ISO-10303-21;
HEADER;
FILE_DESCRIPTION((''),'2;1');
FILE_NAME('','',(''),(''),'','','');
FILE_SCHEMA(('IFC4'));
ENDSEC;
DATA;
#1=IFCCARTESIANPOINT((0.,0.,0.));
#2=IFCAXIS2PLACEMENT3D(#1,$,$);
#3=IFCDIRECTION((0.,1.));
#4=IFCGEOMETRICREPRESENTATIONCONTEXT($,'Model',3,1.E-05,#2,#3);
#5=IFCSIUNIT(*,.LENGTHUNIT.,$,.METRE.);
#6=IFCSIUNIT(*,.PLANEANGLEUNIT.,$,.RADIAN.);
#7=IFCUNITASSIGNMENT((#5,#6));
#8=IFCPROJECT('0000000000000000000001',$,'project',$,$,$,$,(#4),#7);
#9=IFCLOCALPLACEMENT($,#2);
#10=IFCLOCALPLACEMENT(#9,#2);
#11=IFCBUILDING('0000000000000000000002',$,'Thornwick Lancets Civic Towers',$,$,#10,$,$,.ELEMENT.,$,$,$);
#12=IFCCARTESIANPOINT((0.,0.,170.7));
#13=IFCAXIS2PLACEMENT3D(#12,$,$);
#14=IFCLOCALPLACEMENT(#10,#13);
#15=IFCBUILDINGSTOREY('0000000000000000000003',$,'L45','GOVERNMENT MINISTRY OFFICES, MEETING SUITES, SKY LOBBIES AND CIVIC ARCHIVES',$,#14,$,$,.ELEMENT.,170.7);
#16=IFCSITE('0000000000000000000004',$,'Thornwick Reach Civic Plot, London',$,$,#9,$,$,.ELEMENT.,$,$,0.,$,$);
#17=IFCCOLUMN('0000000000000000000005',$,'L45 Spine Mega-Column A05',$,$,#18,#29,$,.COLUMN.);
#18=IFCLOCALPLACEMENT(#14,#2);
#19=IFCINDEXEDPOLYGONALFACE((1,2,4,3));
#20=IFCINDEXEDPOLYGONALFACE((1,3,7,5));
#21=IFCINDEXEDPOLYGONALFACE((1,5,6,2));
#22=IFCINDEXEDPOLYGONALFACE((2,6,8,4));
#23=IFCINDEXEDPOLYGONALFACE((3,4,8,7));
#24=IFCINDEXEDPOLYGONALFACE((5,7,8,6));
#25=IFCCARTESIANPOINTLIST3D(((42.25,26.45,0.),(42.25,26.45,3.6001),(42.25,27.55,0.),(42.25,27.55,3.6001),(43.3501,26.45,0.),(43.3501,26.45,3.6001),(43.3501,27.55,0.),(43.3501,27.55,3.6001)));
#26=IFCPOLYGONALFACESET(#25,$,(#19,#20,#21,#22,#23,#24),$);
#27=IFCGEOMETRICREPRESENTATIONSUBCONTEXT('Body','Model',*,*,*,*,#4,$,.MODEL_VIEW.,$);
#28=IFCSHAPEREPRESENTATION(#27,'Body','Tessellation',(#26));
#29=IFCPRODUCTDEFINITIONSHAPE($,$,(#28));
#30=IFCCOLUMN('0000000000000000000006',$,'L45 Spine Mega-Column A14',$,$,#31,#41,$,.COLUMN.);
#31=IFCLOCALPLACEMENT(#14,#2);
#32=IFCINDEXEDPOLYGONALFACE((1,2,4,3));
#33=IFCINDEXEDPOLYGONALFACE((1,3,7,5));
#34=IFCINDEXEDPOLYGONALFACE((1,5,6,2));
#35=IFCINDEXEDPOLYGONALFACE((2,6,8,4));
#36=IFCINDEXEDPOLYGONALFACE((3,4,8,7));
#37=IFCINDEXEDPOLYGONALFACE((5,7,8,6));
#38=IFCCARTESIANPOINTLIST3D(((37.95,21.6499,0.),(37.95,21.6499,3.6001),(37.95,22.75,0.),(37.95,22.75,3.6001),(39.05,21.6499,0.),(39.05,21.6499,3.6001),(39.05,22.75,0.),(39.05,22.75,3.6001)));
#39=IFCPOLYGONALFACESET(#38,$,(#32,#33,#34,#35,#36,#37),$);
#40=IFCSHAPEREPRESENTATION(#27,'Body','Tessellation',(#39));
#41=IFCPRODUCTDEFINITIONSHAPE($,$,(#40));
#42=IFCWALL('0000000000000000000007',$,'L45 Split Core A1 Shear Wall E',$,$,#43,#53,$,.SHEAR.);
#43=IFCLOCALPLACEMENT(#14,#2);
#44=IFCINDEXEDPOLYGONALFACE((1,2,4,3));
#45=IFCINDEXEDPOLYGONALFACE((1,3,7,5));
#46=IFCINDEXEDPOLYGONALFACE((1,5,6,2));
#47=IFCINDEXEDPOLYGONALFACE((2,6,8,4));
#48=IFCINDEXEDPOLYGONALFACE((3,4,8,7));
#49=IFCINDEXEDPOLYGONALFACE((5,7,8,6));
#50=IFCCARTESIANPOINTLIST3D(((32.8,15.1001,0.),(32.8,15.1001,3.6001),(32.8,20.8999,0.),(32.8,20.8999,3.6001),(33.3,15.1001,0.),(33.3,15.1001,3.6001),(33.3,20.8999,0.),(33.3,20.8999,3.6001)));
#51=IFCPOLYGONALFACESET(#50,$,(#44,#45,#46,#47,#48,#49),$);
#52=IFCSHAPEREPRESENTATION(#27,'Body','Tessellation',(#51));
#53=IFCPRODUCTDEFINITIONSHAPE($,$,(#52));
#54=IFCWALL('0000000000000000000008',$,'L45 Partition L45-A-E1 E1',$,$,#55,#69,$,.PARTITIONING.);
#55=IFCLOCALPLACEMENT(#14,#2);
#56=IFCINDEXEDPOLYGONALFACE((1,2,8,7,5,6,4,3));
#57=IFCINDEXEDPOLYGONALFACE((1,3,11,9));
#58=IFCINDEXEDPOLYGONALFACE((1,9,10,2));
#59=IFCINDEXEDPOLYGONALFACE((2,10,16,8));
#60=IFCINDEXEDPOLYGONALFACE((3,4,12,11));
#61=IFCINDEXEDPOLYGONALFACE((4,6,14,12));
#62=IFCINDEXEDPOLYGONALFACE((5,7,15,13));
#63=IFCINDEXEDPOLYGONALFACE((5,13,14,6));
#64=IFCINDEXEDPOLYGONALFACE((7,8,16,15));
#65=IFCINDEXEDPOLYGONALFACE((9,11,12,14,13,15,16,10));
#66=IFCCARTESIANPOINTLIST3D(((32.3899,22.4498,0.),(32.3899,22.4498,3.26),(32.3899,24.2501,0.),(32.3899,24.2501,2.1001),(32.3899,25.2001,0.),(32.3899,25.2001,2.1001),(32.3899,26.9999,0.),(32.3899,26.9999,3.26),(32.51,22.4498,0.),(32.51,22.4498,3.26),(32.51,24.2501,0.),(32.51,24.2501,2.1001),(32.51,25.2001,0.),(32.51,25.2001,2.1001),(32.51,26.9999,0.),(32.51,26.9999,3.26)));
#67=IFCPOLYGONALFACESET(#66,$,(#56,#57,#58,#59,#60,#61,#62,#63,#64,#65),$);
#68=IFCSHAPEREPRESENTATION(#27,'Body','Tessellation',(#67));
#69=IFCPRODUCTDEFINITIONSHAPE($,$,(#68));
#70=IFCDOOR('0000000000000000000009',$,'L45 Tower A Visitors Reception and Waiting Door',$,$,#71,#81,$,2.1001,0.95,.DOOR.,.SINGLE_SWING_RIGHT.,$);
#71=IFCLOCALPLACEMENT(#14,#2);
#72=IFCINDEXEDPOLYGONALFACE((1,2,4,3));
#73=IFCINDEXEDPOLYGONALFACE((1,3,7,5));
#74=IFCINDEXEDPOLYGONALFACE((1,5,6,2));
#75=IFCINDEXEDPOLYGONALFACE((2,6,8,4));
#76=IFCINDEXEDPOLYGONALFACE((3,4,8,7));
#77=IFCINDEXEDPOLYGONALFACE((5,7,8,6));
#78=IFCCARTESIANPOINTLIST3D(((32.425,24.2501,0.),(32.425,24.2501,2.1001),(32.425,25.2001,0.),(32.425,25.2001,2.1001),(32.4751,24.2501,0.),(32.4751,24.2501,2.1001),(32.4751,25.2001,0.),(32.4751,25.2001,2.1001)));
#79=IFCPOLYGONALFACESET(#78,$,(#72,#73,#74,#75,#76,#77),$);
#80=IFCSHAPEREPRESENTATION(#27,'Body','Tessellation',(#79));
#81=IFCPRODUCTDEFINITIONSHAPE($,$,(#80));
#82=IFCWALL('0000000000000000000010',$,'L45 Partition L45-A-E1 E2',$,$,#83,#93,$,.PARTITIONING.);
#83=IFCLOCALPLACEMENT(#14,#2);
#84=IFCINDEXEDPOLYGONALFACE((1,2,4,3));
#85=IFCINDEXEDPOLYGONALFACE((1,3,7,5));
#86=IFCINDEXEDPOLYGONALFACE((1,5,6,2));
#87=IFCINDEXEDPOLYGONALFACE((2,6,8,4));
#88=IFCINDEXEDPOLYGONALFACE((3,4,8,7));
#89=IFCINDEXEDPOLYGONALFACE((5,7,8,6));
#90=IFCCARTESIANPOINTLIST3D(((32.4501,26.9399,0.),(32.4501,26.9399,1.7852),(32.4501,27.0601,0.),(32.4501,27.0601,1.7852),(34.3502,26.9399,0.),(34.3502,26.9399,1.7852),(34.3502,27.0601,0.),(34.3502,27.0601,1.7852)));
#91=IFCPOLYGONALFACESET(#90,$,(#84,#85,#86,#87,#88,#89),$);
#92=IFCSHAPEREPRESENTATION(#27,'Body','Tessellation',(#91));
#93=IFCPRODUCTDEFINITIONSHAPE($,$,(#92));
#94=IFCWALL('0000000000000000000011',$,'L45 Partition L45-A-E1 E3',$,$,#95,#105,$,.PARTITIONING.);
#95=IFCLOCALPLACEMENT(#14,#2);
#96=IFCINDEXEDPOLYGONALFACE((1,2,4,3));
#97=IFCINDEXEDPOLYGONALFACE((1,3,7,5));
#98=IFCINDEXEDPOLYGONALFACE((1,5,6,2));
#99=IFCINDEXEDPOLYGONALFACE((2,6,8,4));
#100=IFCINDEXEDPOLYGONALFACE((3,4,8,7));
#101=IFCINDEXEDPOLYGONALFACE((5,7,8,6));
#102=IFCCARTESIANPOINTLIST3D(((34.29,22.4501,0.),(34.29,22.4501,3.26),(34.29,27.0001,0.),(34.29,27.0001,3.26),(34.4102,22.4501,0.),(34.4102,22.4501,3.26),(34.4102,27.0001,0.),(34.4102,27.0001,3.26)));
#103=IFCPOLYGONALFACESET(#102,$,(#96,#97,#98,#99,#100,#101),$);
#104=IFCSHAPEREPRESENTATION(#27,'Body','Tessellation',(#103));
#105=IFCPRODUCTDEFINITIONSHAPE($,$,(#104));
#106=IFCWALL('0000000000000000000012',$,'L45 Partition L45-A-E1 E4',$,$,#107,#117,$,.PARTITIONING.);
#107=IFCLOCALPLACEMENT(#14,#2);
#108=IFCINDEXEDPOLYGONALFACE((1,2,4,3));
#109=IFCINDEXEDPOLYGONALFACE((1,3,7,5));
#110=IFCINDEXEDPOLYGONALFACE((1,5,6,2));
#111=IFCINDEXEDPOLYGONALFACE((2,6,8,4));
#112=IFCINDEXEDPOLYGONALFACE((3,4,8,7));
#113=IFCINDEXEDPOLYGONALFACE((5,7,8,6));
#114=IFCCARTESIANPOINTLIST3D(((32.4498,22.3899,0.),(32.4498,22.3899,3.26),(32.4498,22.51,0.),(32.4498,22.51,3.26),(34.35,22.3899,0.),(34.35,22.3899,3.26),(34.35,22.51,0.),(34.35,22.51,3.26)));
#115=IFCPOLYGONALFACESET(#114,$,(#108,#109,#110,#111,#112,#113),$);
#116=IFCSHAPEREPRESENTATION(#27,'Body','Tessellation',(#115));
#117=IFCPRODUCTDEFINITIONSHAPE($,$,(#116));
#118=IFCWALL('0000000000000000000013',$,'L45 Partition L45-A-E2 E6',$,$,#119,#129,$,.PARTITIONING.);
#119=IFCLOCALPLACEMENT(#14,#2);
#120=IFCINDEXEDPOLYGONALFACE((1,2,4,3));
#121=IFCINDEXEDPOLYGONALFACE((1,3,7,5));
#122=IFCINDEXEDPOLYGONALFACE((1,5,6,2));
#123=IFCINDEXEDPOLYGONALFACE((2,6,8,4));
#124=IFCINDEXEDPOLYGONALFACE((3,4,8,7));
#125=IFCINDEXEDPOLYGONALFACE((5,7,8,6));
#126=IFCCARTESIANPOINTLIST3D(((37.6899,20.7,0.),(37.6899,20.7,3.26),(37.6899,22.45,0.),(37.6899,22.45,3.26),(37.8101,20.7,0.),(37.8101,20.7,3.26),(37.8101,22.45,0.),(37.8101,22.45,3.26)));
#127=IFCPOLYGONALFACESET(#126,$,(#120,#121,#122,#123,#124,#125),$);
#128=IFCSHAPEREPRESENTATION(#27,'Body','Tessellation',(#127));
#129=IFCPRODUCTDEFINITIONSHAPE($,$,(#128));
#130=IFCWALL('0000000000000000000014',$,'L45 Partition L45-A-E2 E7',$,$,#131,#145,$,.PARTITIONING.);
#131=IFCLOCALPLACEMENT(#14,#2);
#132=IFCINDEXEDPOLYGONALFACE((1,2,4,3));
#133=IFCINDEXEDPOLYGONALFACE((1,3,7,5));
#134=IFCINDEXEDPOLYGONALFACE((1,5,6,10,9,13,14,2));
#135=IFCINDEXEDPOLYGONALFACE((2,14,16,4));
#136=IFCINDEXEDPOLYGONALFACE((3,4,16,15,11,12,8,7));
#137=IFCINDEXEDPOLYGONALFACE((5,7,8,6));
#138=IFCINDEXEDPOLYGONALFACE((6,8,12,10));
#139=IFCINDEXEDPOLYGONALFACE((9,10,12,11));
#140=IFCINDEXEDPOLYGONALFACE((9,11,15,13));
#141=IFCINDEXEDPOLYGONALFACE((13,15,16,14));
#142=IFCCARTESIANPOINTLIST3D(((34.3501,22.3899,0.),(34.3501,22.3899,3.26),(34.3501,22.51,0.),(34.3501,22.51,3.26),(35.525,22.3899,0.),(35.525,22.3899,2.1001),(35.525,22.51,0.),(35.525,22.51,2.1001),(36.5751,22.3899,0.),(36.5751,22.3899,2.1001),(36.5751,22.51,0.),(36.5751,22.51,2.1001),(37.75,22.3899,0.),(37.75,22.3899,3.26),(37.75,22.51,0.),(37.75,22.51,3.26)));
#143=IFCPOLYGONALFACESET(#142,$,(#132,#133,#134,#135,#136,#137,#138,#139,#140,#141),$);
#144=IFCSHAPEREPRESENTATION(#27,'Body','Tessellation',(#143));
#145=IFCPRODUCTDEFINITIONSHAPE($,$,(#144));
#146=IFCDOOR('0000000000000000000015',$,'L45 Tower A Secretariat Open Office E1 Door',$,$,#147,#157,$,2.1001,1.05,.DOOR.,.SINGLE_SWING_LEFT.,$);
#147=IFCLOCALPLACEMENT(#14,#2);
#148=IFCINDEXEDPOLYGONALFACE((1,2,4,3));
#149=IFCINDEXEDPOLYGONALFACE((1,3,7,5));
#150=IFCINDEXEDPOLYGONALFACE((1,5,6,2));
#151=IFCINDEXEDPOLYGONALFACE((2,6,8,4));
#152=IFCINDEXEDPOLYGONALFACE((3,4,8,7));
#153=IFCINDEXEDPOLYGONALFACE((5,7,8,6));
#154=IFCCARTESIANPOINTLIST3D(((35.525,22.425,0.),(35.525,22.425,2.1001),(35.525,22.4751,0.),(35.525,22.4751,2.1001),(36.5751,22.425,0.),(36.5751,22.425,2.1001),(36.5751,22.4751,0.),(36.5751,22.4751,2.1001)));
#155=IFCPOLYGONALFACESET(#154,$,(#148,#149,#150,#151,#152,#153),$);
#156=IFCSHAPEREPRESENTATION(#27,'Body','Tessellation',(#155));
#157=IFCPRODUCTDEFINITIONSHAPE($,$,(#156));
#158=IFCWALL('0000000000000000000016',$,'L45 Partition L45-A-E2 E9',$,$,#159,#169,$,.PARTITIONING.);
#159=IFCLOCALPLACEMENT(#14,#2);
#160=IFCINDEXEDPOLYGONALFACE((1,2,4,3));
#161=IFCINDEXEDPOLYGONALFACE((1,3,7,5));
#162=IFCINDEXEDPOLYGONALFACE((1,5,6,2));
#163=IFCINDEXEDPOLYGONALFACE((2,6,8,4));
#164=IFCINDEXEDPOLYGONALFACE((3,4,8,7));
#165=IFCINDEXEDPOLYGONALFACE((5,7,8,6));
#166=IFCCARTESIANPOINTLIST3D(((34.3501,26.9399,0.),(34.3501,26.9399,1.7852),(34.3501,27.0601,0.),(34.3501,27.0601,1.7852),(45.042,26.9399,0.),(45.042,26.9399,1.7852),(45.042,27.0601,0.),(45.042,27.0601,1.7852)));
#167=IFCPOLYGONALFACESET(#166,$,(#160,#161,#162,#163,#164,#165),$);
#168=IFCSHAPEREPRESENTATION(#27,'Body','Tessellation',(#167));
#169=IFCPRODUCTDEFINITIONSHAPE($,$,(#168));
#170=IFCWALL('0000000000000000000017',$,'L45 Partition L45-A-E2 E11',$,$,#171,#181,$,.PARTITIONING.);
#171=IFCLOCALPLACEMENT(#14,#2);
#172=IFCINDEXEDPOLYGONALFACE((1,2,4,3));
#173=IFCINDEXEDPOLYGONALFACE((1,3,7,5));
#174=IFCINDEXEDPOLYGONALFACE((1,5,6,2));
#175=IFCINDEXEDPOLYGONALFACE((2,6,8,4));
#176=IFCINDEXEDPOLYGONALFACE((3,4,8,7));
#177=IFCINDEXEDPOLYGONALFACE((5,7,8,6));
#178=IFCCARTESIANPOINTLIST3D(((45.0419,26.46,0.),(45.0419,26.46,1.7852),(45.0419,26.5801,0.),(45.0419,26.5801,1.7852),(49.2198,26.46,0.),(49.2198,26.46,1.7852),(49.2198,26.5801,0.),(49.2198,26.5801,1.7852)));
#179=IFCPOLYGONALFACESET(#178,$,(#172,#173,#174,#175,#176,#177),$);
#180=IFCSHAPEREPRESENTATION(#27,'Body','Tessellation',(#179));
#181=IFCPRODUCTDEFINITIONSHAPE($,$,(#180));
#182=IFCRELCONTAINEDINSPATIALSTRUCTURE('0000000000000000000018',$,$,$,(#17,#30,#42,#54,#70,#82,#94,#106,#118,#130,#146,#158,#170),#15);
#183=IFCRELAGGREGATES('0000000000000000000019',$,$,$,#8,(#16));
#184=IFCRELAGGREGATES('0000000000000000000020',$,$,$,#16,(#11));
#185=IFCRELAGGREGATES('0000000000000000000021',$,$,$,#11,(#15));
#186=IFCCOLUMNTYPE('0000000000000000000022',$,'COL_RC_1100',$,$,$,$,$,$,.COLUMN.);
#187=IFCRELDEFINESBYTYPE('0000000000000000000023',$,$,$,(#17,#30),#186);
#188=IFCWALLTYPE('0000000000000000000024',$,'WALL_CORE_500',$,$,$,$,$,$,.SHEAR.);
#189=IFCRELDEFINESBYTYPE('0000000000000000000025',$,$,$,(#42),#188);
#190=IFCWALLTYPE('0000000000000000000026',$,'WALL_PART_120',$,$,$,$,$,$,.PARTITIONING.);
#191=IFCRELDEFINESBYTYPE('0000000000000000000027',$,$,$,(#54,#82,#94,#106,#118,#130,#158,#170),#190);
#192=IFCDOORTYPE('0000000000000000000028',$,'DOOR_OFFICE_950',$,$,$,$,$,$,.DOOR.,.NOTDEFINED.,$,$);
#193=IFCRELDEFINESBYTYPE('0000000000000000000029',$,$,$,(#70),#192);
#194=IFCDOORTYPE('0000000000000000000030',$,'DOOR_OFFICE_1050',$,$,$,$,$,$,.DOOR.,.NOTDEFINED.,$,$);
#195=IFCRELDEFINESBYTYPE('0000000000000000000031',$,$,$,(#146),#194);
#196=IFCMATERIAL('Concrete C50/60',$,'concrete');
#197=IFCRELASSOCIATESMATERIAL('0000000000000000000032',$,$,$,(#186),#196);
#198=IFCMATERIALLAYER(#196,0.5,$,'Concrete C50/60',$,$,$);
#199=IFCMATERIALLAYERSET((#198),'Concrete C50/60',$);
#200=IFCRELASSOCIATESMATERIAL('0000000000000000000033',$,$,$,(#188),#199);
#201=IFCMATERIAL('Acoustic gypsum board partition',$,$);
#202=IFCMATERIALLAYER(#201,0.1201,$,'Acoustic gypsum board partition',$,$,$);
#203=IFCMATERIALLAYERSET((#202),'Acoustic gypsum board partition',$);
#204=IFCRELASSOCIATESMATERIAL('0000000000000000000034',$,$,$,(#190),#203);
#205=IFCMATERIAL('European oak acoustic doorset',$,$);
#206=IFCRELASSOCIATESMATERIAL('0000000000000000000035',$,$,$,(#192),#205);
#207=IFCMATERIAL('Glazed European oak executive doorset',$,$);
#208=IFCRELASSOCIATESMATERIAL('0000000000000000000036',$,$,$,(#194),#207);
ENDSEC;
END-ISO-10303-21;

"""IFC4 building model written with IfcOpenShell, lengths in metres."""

from ifc_helpers import new_model, si_unit, direction, frame, frame_2d, origin, origin_2d, place, context, subcontext, project, spatial, rectangle, extrude, material, layer, layer_set, material_profile, profile_set, type_object, element, fill, save


model = new_model("IFC4")

# Units and contexts
model_context = context("Model", 3, precision=1e-05, world=origin(), true_north=direction((0.0, 1.0)))
body_context = subcontext(model_context, "Body", "Model", "MODEL_VIEW")
ifc_project = project(units=[si_unit("LENGTHUNIT", "METRE"), si_unit("PLANEANGLEUNIT", "RADIAN")], contexts=[model_context])

# Site, building, storey
site_placement = place(None, origin())
site = spatial("IfcSite", under=ifc_project, at=site_placement, Name="Thornwick Reach Civic Plot, London", CompositionType="ELEMENT", RefElevation=0.0)
building_placement = place(site_placement, origin())
building = spatial("IfcBuilding", under=site, at=building_placement, Name="Thornwick Lancets Civic Towers", CompositionType="ELEMENT")
storey_placement = place(building_placement, frame((0.0, 0.0, 170.7)))
storey = spatial("IfcBuildingStorey", under=building, at=storey_placement, Name="L45", Description="GOVERNMENT MINISTRY OFFICES, MEETING SUITES, SKY LOBBIES AND CIVIC ARCHIVES", CompositionType="ELEMENT", Elevation=170.7)

# Columns
ifc_material_1 = material(Name="Concrete C50/60", Category="concrete")
ifc_material_profile = material_profile(ifc_material_1, rectangle(XDim=1.1001, YDim=1.1001, at=origin_2d()), Name="RC 1100x1100")
ifc_profile_set = profile_set([ifc_material_profile], Name="Concrete C50/60")
column_type = type_object("IfcColumnType", Name="COL_RC_1100", PredefinedType="COLUMN", material=ifc_profile_set)
for number, where, z_axis, x_axis, name in (
    (1, (42.8, 27.0, 0.0), (0.0, 0.0, 1.0), (1.0, 0.0, 0.0), "L45 Spine Mega-Column A05"),
    (2, (38.5, 22.2, 0.0), (0.0, 0.0, 1.0), (1.0, 0.0, 0.0), "L45 Spine Mega-Column A14"),
):
    element("IfcColumn", number, at=place(storey_placement, frame(where, z_axis=z_axis, x_axis=x_axis)), inside=storey, type_object=column_type, Name=name, PredefinedType="COLUMN", context=body_context, shape_type="SweptSolid", body=[
        extrude(rectangle(XDim=1.1001, YDim=1.1001, at=origin_2d()), origin(), (0.0, 0.0, 1.0), 3.6001),
    ])

# Wall
ifc_layer_1 = layer(ifc_material_1, 0.5, Name="Concrete C50/60")
ifc_layer_set_1 = layer_set([ifc_layer_1], Name="Concrete C50/60")
wall_type_1 = type_object("IfcWallType", Name="WALL_CORE_500", PredefinedType="SHEAR", material=ifc_layer_set_1)
wall_1_placement = place(storey_placement, frame((33.05, 15.1001, 0.0), z_axis=(0.0, 0.0, 1.0), x_axis=(0.0, 1.0, 0.0)))
element("IfcWall", 3, at=wall_1_placement, inside=storey, type_object=wall_type_1, Name="L45 Split Core A1 Shear Wall E", PredefinedType="SHEAR", context=body_context, shape_type="SweptSolid", body=[
    extrude(rectangle(XDim=5.7998, YDim=0.5, at=frame_2d((2.8999, 0.0))), origin(), (0.0, 0.0, 1.0), 3.6001),
])

# Wall, opening, door
ifc_material_2 = material(Name="Acoustic gypsum board partition")
ifc_layer_2 = layer(ifc_material_2, 0.1201, Name="Acoustic gypsum board partition")
ifc_layer_set_2 = layer_set([ifc_layer_2], Name="Acoustic gypsum board partition")
wall_type_2 = type_object("IfcWallType", Name="WALL_PART_120", PredefinedType="PARTITIONING", material=ifc_layer_set_2)
wall_2_placement = place(storey_placement, frame((32.45, 22.45, 0.0), z_axis=(0.0, 0.0, 1.0), x_axis=(0.0, 1.0, 0.0)))
wall_2 = element("IfcWall", 4, at=wall_2_placement, inside=storey, type_object=wall_type_2, Name="L45 Partition L45-A-E1 E1", PredefinedType="PARTITIONING", context=body_context, shape_type="SweptSolid", body=[
    extrude(rectangle(XDim=4.55, YDim=0.1201, at=frame_2d((2.2749, 0.0))), origin(), (0.0, 0.0, 1.0), 3.26),
])
opening_1_placement = place(wall_2_placement, frame((1.8, 0.0, 0.0)))
opening_1 = element("IfcOpeningElement", 5, at=opening_1_placement, cuts=wall_2, PredefinedType="OPENING", context=body_context, shape_type="SweptSolid", body=[
    extrude(rectangle(XDim=0.95, YDim=2.1001, at=frame_2d((0.4751, 1.05))), frame((0.0, 0.0701, 0.0), z_axis=(0.0, -1.0, 0.0), x_axis=(1.0, 0.0, 0.0)), (0.0, 0.0, 1.0), 0.1401),
])
ifc_material_3 = material(Name="European oak acoustic doorset")
door_type_1 = type_object("IfcDoorType", Name="DOOR_OFFICE_950", OperationType="NOTDEFINED", PredefinedType="DOOR", material=ifc_material_3)
door_1_placement = place(opening_1_placement, origin())
door_1 = element("IfcDoor", 6, at=door_1_placement, inside=storey, type_object=door_type_1, Name="L45 Tower A Visitors Reception and Waiting Door", OperationType="SINGLE_SWING_RIGHT", OverallHeight=2.1001, OverallWidth=0.95, PredefinedType="DOOR", context=body_context, shape_type="SweptSolid", body=[
    extrude(rectangle(XDim=0.95, YDim=2.1001, at=frame_2d((0.4751, 1.05))), frame((0.0, 0.0249, 0.0), z_axis=(0.0, -1.0, 0.0), x_axis=(1.0, 0.0, 0.0)), (0.0, 0.0, 1.0), 0.05),
])
fill(opening_1, door_1)

# Walls
wall_3_placement = place(storey_placement, frame((32.45, 27.0, 0.0), z_axis=(0.0, 0.0, 1.0), x_axis=(1.0, 0.0, 0.0)))
element("IfcWall", 7, at=wall_3_placement, inside=storey, type_object=wall_type_2, Name="L45 Partition L45-A-E1 E2", PredefinedType="PARTITIONING", context=body_context, shape_type="SweptSolid", body=[
    extrude(rectangle(XDim=1.9001, YDim=0.1201, at=frame_2d((0.9502, 0.0))), origin(), (0.0, 0.0, 1.0), 1.7852),
])
wall_4_placement = place(storey_placement, frame((34.3501, 27.0, 0.0), z_axis=(0.0, 0.0, 1.0), x_axis=(0.0, -1.0, 0.0)))
element("IfcWall", 8, at=wall_4_placement, inside=storey, type_object=wall_type_2, Name="L45 Partition L45-A-E1 E3", PredefinedType="PARTITIONING", context=body_context, shape_type="SweptSolid", body=[
    extrude(rectangle(XDim=4.55, YDim=0.1201, at=frame_2d((2.2749, 0.0))), origin(), (0.0, 0.0, 1.0), 3.26),
])
wall_5_placement = place(storey_placement, frame((34.3501, 22.45, 0.0), z_axis=(0.0, 0.0, 1.0), x_axis=(-1.0, 0.0, 0.0)))
element("IfcWall", 9, at=wall_5_placement, inside=storey, type_object=wall_type_2, Name="L45 Partition L45-A-E1 E4", PredefinedType="PARTITIONING", context=body_context, shape_type="SweptSolid", body=[
    extrude(rectangle(XDim=1.9001, YDim=0.1201, at=frame_2d((0.9502, 0.0))), origin(), (0.0, 0.0, 1.0), 3.26),
])
wall_6_placement = place(storey_placement, frame((37.75, 20.7, 0.0), z_axis=(0.0, 0.0, 1.0), x_axis=(0.0, 1.0, 0.0)))
element("IfcWall", 10, at=wall_6_placement, inside=storey, type_object=wall_type_2, Name="L45 Partition L45-A-E2 E6", PredefinedType="PARTITIONING", context=body_context, shape_type="SweptSolid", body=[
    extrude(rectangle(XDim=1.75, YDim=0.1201, at=frame_2d((0.875, 0.0))), origin(), (0.0, 0.0, 1.0), 3.26),
])

# Wall, opening, door
wall_7_placement = place(storey_placement, frame((37.75, 22.45, 0.0), z_axis=(0.0, 0.0, 1.0), x_axis=(-1.0, 0.0, 0.0)))
wall_7 = element("IfcWall", 11, at=wall_7_placement, inside=storey, type_object=wall_type_2, Name="L45 Partition L45-A-E2 E7", PredefinedType="PARTITIONING", context=body_context, shape_type="SweptSolid", body=[
    extrude(rectangle(XDim=3.3999, YDim=0.1201, at=frame_2d((1.7, 0.0))), origin(), (0.0, 0.0, 1.0), 3.26),
])
opening_2_placement = place(wall_7_placement, frame((1.175, 0.0, 0.0)))
opening_2 = element("IfcOpeningElement", 12, at=opening_2_placement, cuts=wall_7, PredefinedType="OPENING", context=body_context, shape_type="SweptSolid", body=[
    extrude(rectangle(XDim=1.05, YDim=2.1001, at=frame_2d((0.5249, 1.05))), frame((0.0, 0.0701, 0.0), z_axis=(0.0, -1.0, 0.0), x_axis=(1.0, 0.0, 0.0)), (0.0, 0.0, 1.0), 0.1401),
])
ifc_material_4 = material(Name="Glazed European oak executive doorset")
door_type_2 = type_object("IfcDoorType", Name="DOOR_OFFICE_1050", OperationType="NOTDEFINED", PredefinedType="DOOR", material=ifc_material_4)
door_2_placement = place(opening_2_placement, origin())
door_2 = element("IfcDoor", 13, at=door_2_placement, inside=storey, type_object=door_type_2, Name="L45 Tower A Secretariat Open Office E1 Door", OperationType="SINGLE_SWING_LEFT", OverallHeight=2.1001, OverallWidth=1.05, PredefinedType="DOOR", context=body_context, shape_type="SweptSolid", body=[
    extrude(rectangle(XDim=1.05, YDim=2.1001, at=frame_2d((0.5249, 1.05))), frame((0.0, 0.0249, 0.0), z_axis=(0.0, -1.0, 0.0), x_axis=(1.0, 0.0, 0.0)), (0.0, 0.0, 1.0), 0.05),
])
fill(opening_2, door_2)

# Walls
wall_8_placement = place(storey_placement, frame((34.3501, 27.0, 0.0), z_axis=(0.0, 0.0, 1.0), x_axis=(1.0, 0.0, 0.0)))
element("IfcWall", 14, at=wall_8_placement, inside=storey, type_object=wall_type_2, Name="L45 Partition L45-A-E2 E9", PredefinedType="PARTITIONING", context=body_context, shape_type="SweptSolid", body=[
    extrude(rectangle(XDim=10.6919, YDim=0.1201, at=frame_2d((5.3459, 0.0))), origin(), (0.0, 0.0, 1.0), 1.7852),
])
wall_9_placement = place(storey_placement, frame((45.042, 26.52, 0.0), z_axis=(0.0, 0.0, 1.0), x_axis=(1.0, 0.0, 0.0)))
element("IfcWall", 15, at=wall_9_placement, inside=storey, type_object=wall_type_2, Name="L45 Partition L45-A-E2 E11", PredefinedType="PARTITIONING", context=body_context, shape_type="SweptSolid", body=[
    extrude(rectangle(XDim=4.178, YDim=0.1201, at=frame_2d((2.0889, 0.0))), origin(), (0.0, 0.0, 1.0), 1.7852),
])

save(model, "model.ifc")
